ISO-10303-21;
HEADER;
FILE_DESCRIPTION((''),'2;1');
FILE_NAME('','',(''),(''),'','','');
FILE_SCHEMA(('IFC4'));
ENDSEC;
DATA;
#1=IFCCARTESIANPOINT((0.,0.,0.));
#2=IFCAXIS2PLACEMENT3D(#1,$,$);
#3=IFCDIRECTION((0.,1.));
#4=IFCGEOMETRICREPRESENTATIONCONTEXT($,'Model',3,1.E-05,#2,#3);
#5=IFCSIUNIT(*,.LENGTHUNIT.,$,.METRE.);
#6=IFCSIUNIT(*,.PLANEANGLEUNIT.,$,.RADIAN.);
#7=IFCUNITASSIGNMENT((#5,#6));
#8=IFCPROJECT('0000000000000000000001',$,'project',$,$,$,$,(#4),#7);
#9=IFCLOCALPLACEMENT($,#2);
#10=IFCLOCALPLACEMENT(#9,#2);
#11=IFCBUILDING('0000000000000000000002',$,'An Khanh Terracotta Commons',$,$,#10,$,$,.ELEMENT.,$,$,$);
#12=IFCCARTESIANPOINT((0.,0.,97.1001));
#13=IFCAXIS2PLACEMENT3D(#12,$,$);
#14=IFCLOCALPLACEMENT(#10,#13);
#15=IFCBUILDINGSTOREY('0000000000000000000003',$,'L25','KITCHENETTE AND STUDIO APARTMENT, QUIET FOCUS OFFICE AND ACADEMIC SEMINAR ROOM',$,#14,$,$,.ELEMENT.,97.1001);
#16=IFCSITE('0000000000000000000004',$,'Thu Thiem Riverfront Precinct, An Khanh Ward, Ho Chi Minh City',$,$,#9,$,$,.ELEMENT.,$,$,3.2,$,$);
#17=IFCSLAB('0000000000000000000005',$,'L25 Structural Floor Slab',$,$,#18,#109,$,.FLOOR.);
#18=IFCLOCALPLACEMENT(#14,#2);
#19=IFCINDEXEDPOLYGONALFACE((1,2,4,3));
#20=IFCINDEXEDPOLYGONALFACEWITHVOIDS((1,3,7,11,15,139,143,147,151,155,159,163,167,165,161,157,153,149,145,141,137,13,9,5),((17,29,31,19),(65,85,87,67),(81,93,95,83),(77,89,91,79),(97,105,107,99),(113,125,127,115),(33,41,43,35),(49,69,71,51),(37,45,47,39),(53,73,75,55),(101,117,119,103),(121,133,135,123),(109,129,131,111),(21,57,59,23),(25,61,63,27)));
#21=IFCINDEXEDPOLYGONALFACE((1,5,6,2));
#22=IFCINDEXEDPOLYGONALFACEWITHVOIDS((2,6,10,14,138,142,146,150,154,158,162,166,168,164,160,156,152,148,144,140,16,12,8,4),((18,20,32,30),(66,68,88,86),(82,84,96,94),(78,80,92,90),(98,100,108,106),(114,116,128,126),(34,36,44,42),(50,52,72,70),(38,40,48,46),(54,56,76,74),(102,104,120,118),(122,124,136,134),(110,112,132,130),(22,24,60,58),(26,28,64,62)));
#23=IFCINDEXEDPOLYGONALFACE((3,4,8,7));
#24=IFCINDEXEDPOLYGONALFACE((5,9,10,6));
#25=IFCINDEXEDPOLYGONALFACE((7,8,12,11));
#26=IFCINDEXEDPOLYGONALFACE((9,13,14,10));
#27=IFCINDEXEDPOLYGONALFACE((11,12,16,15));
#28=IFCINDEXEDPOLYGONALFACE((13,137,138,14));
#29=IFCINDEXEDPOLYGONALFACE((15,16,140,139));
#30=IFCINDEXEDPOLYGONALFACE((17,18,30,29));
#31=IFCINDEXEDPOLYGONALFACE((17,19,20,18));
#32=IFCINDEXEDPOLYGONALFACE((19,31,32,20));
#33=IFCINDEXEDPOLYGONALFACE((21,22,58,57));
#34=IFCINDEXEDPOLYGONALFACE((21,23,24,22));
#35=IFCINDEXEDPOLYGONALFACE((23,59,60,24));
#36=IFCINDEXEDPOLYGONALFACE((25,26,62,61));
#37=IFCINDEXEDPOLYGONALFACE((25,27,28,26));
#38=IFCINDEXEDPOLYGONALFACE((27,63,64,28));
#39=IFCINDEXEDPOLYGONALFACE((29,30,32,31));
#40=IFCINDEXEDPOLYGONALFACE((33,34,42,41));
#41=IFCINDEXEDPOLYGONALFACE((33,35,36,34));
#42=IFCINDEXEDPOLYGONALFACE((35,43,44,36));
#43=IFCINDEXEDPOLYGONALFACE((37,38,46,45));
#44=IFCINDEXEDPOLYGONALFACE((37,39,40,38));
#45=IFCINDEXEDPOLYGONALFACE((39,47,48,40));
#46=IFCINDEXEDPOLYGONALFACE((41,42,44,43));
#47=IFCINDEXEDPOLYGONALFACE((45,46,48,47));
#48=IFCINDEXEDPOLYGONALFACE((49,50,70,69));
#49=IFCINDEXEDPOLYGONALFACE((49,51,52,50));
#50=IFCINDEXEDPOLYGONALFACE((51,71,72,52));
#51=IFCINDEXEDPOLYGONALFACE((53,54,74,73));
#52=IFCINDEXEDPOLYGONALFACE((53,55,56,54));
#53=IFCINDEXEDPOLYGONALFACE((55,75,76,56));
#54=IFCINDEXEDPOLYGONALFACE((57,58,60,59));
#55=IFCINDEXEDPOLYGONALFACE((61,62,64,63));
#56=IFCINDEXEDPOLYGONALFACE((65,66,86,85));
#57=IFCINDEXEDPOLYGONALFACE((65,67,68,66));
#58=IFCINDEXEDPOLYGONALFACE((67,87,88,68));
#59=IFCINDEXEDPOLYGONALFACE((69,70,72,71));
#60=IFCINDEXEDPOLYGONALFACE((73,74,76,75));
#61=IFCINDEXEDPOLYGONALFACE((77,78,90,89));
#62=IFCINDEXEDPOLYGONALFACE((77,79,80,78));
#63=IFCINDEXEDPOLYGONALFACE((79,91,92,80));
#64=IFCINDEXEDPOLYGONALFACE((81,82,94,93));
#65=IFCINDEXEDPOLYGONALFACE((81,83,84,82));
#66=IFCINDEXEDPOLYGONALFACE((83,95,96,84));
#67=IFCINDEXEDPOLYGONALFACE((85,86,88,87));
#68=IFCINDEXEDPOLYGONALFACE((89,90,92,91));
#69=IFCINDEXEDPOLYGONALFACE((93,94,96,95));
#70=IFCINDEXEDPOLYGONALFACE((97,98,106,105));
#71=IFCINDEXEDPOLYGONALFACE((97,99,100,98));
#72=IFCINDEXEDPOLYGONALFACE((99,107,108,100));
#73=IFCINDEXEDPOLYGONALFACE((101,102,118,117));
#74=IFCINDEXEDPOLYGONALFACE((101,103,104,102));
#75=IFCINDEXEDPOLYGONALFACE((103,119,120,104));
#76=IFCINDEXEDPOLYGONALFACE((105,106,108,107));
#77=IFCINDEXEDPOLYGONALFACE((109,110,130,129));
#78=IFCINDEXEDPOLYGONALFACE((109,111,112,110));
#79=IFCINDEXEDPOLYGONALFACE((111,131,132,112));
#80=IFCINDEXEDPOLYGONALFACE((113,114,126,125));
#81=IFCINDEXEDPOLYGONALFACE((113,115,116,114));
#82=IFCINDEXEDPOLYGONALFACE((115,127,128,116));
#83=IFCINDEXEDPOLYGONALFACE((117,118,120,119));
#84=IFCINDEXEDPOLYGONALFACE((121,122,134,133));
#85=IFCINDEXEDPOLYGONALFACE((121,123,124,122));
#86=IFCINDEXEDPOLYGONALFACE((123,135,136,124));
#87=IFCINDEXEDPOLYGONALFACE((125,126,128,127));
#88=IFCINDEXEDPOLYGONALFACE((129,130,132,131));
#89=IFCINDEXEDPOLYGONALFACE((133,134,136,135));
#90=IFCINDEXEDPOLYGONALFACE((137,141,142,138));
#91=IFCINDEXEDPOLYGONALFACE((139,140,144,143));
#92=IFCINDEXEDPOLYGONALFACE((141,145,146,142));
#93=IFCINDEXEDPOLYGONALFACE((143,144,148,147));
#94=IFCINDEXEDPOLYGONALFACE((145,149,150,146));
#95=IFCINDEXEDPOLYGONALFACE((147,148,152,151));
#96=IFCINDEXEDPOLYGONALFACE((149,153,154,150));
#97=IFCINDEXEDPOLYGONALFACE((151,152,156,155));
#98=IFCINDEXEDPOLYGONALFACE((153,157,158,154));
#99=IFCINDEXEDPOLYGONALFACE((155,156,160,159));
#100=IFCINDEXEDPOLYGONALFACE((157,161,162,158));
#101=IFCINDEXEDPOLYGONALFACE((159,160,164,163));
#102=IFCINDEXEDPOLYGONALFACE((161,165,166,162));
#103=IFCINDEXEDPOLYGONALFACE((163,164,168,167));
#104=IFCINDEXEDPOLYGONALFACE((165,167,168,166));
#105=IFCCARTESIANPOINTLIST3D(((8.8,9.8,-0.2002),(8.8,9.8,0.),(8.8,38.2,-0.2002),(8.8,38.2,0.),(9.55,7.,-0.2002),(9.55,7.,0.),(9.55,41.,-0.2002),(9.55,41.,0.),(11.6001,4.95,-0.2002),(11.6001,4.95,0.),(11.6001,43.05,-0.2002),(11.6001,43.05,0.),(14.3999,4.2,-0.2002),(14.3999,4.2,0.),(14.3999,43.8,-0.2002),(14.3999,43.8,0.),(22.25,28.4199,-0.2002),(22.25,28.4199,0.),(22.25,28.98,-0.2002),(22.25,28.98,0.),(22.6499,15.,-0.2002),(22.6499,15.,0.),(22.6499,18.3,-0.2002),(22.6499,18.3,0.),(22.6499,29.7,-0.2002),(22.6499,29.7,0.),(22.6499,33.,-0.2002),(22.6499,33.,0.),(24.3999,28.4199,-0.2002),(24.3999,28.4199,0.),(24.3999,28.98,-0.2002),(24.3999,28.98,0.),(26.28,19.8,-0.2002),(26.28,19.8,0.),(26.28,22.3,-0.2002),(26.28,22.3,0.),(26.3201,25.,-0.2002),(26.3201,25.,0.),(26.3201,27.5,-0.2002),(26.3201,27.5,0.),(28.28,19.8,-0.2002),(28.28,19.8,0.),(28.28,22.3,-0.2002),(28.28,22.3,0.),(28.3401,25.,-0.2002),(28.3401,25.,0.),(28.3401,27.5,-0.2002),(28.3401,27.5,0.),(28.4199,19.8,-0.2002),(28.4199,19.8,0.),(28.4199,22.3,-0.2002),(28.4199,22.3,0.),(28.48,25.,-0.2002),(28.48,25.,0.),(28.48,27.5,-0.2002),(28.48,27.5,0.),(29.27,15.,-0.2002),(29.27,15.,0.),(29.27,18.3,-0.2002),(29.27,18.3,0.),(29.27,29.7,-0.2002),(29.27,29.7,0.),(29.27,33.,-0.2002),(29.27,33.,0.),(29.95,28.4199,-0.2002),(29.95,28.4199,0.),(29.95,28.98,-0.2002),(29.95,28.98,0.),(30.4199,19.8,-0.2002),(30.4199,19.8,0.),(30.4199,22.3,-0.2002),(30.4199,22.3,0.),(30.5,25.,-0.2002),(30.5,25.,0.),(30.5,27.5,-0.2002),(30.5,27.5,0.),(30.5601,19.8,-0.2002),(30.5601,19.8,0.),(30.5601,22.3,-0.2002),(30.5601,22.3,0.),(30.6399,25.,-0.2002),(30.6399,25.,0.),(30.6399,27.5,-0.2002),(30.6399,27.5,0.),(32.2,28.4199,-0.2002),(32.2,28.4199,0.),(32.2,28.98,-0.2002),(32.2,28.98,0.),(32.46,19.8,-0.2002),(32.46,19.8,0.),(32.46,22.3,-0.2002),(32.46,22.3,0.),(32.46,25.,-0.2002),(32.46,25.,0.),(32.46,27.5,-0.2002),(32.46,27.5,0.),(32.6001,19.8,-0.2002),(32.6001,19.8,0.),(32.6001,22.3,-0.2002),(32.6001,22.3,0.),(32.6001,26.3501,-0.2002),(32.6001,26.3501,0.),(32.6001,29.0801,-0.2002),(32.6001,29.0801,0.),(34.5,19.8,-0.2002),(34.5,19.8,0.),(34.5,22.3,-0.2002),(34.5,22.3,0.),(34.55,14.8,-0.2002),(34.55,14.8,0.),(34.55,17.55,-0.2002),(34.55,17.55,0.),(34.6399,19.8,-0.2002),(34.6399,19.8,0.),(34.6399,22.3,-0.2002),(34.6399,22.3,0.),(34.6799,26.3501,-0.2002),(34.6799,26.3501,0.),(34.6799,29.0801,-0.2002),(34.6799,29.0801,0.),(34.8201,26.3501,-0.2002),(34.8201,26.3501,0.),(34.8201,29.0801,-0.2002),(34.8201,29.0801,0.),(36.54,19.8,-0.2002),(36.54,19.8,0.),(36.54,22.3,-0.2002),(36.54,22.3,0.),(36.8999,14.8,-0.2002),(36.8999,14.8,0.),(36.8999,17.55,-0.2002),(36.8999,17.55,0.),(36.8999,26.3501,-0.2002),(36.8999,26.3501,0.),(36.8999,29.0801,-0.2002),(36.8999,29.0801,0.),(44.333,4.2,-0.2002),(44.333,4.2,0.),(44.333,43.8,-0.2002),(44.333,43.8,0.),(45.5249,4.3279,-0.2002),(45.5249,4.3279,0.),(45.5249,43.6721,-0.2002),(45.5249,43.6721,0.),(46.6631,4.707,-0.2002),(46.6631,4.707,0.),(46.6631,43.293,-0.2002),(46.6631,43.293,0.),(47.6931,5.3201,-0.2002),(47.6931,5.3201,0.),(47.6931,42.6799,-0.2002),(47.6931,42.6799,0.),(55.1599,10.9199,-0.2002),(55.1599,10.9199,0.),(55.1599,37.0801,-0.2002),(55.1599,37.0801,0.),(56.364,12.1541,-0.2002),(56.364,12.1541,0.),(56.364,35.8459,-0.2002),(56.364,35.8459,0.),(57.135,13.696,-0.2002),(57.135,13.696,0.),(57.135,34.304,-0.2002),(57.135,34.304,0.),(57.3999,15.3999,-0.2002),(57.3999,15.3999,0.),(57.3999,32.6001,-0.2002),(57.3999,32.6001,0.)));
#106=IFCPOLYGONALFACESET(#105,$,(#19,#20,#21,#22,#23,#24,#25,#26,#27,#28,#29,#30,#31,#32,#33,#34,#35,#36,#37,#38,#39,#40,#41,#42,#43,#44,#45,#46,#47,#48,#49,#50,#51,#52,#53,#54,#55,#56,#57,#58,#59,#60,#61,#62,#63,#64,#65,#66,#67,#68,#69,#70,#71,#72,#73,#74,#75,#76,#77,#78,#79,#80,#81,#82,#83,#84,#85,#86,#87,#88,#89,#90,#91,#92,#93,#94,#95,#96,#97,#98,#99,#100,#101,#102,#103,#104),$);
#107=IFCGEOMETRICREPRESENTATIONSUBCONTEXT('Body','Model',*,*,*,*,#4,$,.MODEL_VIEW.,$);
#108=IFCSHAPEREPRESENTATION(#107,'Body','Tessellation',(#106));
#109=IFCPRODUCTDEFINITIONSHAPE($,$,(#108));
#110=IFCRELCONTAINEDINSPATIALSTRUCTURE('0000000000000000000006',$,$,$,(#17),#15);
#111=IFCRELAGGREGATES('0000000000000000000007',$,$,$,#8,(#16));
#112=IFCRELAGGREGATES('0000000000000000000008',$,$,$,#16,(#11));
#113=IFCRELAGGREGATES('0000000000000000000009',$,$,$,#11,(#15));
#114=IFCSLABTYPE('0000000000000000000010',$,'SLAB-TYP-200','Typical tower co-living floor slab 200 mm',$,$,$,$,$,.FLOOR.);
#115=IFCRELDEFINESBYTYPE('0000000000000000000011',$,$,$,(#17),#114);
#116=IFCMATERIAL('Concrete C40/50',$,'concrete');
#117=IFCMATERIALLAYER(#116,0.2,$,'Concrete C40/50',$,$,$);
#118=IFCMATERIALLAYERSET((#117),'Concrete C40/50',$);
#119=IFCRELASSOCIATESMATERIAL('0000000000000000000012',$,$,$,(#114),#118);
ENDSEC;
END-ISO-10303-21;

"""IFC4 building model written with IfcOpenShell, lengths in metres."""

from ifc_helpers import new_model, si_unit, direction, frame, origin, place, context, subcontext, project, spatial, polyline, outline, extrude, material, layer, layer_set, type_object, element, save


model = new_model("IFC4")

# Units and contexts
model_context = context("Model", 3, precision=1e-05, world=origin(), true_north=direction((0.0, 1.0)))
body_context = subcontext(model_context, "Body", "Model", "MODEL_VIEW")
ifc_project = project(units=[si_unit("LENGTHUNIT", "METRE"), si_unit("PLANEANGLEUNIT", "RADIAN")], contexts=[model_context])

# Site, building, storey
site_placement = place(None, origin())
site = spatial("IfcSite", under=ifc_project, at=site_placement, Name="Thu Thiem Riverfront Precinct, An Khanh Ward, Ho Chi Minh City", CompositionType="ELEMENT", RefElevation=3.2)
building_placement = place(site_placement, origin())
building = spatial("IfcBuilding", under=site, at=building_placement, Name="An Khanh Terracotta Commons", CompositionType="ELEMENT")
storey_placement = place(building_placement, frame((0.0, 0.0, 97.1001)))
storey = spatial("IfcBuildingStorey", under=building, at=storey_placement, Name="L25", Description="KITCHENETTE AND STUDIO APARTMENT, QUIET FOCUS OFFICE AND ACADEMIC SEMINAR ROOM", CompositionType="ELEMENT", Elevation=97.1001)

# Shared definitions
ifc_material_1 = material(Name="Concrete C40/50", Category="concrete")

# Slab
ifc_layer_1 = layer(ifc_material_1, 0.2, Name="Concrete C40/50")
ifc_layer_set_1 = layer_set([ifc_layer_1], Name="Concrete C40/50")
slab_type_1 = type_object("IfcSlabType", Name="SLAB-TYP-200", Description="Typical tower co-living floor slab 200 mm", PredefinedType="FLOOR", material=ifc_layer_set_1)
slab_1_placement = place(storey_placement, frame((0.0, 0.0, -0.2002)))
element("IfcSlab", 1, at=slab_1_placement, inside=storey, type_object=slab_type_1, Name="L25 Structural Floor Slab", PredefinedType="FLOOR", context=body_context, shape_type="SweptSolid", body=[
    extrude(outline(polyline([(8.8, 9.8), (9.55, 7.0), (11.6001, 4.95), (14.3999, 4.2), (44.333, 4.2), (45.5249, 4.3279), (46.6631, 4.707), (47.6931, 5.3201), (55.1599, 10.9199), (56.364, 12.1541), (57.135, 13.696), (57.3999, 15.3999), (57.3999, 32.6001), (57.135, 34.304), (56.364, 35.8459), (55.1599, 37.0801), (47.6931, 42.6799), (46.6631, 43.293), (45.5249, 43.6721), (44.333, 43.8), (14.3999, 43.8), (11.6001, 43.05), (9.55, 41.0), (8.8, 38.2), (8.8, 9.8)]), holes=[polyline([(22.6499, 29.7), (29.27, 29.7), (29.27, 33.0), (22.6499, 33.0), (22.6499, 29.7)]), polyline([(22.6499, 15.0), (29.27, 15.0), (29.27, 18.3), (22.6499, 18.3), (22.6499, 15.0)]), polyline([(32.6001, 26.3501), (34.6799, 26.3501), (34.6799, 29.0801), (32.6001, 29.0801), (32.6001, 26.3501)]), polyline([(34.8201, 26.3501), (36.8999, 26.3501), (36.8999, 29.0801), (34.8201, 29.0801), (34.8201, 26.3501)]), polyline([(34.55, 14.8), (36.8999, 14.8), (36.8999, 17.55), (34.55, 17.55), (34.55, 14.8)]), polyline([(26.3201, 25.0), (28.3401, 25.0), (28.3401, 27.5), (26.3201, 27.5), (26.3201, 25.0)]), polyline([(28.48, 25.0), (30.5, 25.0), (30.5, 27.5), (28.48, 27.5), (28.48, 25.0)]), polyline([(26.28, 19.8), (28.28, 19.8), (28.28, 22.3), (26.28, 22.3), (26.28, 19.8)]), polyline([(28.4199, 19.8), (30.4199, 19.8), (30.4199, 22.3), (28.4199, 22.3), (28.4199, 19.8)]), polyline([(30.6399, 25.0), (32.46, 25.0), (32.46, 27.5), (30.6399, 27.5), (30.6399, 25.0)]), polyline([(30.5601, 19.8), (32.46, 19.8), (32.46, 22.3), (30.5601, 22.3), (30.5601, 19.8)]), polyline([(32.6001, 19.8), (34.5, 19.8), (34.5, 22.3), (32.6001, 22.3), (32.6001, 19.8)]), polyline([(34.6399, 19.8), (36.54, 19.8), (36.54, 22.3), (34.6399, 22.3), (34.6399, 19.8)]), polyline([(22.25, 28.4199), (24.3999, 28.4199), (24.3999, 28.98), (22.25, 28.98), (22.25, 28.4199)]), polyline([(29.95, 28.4199), (32.2, 28.4199), (32.2, 28.98), (29.95, 28.98), (29.95, 28.4199)])]), origin(), (0.0, 0.0, 1.0), 0.2002),
])

save(model, "model.ifc")
